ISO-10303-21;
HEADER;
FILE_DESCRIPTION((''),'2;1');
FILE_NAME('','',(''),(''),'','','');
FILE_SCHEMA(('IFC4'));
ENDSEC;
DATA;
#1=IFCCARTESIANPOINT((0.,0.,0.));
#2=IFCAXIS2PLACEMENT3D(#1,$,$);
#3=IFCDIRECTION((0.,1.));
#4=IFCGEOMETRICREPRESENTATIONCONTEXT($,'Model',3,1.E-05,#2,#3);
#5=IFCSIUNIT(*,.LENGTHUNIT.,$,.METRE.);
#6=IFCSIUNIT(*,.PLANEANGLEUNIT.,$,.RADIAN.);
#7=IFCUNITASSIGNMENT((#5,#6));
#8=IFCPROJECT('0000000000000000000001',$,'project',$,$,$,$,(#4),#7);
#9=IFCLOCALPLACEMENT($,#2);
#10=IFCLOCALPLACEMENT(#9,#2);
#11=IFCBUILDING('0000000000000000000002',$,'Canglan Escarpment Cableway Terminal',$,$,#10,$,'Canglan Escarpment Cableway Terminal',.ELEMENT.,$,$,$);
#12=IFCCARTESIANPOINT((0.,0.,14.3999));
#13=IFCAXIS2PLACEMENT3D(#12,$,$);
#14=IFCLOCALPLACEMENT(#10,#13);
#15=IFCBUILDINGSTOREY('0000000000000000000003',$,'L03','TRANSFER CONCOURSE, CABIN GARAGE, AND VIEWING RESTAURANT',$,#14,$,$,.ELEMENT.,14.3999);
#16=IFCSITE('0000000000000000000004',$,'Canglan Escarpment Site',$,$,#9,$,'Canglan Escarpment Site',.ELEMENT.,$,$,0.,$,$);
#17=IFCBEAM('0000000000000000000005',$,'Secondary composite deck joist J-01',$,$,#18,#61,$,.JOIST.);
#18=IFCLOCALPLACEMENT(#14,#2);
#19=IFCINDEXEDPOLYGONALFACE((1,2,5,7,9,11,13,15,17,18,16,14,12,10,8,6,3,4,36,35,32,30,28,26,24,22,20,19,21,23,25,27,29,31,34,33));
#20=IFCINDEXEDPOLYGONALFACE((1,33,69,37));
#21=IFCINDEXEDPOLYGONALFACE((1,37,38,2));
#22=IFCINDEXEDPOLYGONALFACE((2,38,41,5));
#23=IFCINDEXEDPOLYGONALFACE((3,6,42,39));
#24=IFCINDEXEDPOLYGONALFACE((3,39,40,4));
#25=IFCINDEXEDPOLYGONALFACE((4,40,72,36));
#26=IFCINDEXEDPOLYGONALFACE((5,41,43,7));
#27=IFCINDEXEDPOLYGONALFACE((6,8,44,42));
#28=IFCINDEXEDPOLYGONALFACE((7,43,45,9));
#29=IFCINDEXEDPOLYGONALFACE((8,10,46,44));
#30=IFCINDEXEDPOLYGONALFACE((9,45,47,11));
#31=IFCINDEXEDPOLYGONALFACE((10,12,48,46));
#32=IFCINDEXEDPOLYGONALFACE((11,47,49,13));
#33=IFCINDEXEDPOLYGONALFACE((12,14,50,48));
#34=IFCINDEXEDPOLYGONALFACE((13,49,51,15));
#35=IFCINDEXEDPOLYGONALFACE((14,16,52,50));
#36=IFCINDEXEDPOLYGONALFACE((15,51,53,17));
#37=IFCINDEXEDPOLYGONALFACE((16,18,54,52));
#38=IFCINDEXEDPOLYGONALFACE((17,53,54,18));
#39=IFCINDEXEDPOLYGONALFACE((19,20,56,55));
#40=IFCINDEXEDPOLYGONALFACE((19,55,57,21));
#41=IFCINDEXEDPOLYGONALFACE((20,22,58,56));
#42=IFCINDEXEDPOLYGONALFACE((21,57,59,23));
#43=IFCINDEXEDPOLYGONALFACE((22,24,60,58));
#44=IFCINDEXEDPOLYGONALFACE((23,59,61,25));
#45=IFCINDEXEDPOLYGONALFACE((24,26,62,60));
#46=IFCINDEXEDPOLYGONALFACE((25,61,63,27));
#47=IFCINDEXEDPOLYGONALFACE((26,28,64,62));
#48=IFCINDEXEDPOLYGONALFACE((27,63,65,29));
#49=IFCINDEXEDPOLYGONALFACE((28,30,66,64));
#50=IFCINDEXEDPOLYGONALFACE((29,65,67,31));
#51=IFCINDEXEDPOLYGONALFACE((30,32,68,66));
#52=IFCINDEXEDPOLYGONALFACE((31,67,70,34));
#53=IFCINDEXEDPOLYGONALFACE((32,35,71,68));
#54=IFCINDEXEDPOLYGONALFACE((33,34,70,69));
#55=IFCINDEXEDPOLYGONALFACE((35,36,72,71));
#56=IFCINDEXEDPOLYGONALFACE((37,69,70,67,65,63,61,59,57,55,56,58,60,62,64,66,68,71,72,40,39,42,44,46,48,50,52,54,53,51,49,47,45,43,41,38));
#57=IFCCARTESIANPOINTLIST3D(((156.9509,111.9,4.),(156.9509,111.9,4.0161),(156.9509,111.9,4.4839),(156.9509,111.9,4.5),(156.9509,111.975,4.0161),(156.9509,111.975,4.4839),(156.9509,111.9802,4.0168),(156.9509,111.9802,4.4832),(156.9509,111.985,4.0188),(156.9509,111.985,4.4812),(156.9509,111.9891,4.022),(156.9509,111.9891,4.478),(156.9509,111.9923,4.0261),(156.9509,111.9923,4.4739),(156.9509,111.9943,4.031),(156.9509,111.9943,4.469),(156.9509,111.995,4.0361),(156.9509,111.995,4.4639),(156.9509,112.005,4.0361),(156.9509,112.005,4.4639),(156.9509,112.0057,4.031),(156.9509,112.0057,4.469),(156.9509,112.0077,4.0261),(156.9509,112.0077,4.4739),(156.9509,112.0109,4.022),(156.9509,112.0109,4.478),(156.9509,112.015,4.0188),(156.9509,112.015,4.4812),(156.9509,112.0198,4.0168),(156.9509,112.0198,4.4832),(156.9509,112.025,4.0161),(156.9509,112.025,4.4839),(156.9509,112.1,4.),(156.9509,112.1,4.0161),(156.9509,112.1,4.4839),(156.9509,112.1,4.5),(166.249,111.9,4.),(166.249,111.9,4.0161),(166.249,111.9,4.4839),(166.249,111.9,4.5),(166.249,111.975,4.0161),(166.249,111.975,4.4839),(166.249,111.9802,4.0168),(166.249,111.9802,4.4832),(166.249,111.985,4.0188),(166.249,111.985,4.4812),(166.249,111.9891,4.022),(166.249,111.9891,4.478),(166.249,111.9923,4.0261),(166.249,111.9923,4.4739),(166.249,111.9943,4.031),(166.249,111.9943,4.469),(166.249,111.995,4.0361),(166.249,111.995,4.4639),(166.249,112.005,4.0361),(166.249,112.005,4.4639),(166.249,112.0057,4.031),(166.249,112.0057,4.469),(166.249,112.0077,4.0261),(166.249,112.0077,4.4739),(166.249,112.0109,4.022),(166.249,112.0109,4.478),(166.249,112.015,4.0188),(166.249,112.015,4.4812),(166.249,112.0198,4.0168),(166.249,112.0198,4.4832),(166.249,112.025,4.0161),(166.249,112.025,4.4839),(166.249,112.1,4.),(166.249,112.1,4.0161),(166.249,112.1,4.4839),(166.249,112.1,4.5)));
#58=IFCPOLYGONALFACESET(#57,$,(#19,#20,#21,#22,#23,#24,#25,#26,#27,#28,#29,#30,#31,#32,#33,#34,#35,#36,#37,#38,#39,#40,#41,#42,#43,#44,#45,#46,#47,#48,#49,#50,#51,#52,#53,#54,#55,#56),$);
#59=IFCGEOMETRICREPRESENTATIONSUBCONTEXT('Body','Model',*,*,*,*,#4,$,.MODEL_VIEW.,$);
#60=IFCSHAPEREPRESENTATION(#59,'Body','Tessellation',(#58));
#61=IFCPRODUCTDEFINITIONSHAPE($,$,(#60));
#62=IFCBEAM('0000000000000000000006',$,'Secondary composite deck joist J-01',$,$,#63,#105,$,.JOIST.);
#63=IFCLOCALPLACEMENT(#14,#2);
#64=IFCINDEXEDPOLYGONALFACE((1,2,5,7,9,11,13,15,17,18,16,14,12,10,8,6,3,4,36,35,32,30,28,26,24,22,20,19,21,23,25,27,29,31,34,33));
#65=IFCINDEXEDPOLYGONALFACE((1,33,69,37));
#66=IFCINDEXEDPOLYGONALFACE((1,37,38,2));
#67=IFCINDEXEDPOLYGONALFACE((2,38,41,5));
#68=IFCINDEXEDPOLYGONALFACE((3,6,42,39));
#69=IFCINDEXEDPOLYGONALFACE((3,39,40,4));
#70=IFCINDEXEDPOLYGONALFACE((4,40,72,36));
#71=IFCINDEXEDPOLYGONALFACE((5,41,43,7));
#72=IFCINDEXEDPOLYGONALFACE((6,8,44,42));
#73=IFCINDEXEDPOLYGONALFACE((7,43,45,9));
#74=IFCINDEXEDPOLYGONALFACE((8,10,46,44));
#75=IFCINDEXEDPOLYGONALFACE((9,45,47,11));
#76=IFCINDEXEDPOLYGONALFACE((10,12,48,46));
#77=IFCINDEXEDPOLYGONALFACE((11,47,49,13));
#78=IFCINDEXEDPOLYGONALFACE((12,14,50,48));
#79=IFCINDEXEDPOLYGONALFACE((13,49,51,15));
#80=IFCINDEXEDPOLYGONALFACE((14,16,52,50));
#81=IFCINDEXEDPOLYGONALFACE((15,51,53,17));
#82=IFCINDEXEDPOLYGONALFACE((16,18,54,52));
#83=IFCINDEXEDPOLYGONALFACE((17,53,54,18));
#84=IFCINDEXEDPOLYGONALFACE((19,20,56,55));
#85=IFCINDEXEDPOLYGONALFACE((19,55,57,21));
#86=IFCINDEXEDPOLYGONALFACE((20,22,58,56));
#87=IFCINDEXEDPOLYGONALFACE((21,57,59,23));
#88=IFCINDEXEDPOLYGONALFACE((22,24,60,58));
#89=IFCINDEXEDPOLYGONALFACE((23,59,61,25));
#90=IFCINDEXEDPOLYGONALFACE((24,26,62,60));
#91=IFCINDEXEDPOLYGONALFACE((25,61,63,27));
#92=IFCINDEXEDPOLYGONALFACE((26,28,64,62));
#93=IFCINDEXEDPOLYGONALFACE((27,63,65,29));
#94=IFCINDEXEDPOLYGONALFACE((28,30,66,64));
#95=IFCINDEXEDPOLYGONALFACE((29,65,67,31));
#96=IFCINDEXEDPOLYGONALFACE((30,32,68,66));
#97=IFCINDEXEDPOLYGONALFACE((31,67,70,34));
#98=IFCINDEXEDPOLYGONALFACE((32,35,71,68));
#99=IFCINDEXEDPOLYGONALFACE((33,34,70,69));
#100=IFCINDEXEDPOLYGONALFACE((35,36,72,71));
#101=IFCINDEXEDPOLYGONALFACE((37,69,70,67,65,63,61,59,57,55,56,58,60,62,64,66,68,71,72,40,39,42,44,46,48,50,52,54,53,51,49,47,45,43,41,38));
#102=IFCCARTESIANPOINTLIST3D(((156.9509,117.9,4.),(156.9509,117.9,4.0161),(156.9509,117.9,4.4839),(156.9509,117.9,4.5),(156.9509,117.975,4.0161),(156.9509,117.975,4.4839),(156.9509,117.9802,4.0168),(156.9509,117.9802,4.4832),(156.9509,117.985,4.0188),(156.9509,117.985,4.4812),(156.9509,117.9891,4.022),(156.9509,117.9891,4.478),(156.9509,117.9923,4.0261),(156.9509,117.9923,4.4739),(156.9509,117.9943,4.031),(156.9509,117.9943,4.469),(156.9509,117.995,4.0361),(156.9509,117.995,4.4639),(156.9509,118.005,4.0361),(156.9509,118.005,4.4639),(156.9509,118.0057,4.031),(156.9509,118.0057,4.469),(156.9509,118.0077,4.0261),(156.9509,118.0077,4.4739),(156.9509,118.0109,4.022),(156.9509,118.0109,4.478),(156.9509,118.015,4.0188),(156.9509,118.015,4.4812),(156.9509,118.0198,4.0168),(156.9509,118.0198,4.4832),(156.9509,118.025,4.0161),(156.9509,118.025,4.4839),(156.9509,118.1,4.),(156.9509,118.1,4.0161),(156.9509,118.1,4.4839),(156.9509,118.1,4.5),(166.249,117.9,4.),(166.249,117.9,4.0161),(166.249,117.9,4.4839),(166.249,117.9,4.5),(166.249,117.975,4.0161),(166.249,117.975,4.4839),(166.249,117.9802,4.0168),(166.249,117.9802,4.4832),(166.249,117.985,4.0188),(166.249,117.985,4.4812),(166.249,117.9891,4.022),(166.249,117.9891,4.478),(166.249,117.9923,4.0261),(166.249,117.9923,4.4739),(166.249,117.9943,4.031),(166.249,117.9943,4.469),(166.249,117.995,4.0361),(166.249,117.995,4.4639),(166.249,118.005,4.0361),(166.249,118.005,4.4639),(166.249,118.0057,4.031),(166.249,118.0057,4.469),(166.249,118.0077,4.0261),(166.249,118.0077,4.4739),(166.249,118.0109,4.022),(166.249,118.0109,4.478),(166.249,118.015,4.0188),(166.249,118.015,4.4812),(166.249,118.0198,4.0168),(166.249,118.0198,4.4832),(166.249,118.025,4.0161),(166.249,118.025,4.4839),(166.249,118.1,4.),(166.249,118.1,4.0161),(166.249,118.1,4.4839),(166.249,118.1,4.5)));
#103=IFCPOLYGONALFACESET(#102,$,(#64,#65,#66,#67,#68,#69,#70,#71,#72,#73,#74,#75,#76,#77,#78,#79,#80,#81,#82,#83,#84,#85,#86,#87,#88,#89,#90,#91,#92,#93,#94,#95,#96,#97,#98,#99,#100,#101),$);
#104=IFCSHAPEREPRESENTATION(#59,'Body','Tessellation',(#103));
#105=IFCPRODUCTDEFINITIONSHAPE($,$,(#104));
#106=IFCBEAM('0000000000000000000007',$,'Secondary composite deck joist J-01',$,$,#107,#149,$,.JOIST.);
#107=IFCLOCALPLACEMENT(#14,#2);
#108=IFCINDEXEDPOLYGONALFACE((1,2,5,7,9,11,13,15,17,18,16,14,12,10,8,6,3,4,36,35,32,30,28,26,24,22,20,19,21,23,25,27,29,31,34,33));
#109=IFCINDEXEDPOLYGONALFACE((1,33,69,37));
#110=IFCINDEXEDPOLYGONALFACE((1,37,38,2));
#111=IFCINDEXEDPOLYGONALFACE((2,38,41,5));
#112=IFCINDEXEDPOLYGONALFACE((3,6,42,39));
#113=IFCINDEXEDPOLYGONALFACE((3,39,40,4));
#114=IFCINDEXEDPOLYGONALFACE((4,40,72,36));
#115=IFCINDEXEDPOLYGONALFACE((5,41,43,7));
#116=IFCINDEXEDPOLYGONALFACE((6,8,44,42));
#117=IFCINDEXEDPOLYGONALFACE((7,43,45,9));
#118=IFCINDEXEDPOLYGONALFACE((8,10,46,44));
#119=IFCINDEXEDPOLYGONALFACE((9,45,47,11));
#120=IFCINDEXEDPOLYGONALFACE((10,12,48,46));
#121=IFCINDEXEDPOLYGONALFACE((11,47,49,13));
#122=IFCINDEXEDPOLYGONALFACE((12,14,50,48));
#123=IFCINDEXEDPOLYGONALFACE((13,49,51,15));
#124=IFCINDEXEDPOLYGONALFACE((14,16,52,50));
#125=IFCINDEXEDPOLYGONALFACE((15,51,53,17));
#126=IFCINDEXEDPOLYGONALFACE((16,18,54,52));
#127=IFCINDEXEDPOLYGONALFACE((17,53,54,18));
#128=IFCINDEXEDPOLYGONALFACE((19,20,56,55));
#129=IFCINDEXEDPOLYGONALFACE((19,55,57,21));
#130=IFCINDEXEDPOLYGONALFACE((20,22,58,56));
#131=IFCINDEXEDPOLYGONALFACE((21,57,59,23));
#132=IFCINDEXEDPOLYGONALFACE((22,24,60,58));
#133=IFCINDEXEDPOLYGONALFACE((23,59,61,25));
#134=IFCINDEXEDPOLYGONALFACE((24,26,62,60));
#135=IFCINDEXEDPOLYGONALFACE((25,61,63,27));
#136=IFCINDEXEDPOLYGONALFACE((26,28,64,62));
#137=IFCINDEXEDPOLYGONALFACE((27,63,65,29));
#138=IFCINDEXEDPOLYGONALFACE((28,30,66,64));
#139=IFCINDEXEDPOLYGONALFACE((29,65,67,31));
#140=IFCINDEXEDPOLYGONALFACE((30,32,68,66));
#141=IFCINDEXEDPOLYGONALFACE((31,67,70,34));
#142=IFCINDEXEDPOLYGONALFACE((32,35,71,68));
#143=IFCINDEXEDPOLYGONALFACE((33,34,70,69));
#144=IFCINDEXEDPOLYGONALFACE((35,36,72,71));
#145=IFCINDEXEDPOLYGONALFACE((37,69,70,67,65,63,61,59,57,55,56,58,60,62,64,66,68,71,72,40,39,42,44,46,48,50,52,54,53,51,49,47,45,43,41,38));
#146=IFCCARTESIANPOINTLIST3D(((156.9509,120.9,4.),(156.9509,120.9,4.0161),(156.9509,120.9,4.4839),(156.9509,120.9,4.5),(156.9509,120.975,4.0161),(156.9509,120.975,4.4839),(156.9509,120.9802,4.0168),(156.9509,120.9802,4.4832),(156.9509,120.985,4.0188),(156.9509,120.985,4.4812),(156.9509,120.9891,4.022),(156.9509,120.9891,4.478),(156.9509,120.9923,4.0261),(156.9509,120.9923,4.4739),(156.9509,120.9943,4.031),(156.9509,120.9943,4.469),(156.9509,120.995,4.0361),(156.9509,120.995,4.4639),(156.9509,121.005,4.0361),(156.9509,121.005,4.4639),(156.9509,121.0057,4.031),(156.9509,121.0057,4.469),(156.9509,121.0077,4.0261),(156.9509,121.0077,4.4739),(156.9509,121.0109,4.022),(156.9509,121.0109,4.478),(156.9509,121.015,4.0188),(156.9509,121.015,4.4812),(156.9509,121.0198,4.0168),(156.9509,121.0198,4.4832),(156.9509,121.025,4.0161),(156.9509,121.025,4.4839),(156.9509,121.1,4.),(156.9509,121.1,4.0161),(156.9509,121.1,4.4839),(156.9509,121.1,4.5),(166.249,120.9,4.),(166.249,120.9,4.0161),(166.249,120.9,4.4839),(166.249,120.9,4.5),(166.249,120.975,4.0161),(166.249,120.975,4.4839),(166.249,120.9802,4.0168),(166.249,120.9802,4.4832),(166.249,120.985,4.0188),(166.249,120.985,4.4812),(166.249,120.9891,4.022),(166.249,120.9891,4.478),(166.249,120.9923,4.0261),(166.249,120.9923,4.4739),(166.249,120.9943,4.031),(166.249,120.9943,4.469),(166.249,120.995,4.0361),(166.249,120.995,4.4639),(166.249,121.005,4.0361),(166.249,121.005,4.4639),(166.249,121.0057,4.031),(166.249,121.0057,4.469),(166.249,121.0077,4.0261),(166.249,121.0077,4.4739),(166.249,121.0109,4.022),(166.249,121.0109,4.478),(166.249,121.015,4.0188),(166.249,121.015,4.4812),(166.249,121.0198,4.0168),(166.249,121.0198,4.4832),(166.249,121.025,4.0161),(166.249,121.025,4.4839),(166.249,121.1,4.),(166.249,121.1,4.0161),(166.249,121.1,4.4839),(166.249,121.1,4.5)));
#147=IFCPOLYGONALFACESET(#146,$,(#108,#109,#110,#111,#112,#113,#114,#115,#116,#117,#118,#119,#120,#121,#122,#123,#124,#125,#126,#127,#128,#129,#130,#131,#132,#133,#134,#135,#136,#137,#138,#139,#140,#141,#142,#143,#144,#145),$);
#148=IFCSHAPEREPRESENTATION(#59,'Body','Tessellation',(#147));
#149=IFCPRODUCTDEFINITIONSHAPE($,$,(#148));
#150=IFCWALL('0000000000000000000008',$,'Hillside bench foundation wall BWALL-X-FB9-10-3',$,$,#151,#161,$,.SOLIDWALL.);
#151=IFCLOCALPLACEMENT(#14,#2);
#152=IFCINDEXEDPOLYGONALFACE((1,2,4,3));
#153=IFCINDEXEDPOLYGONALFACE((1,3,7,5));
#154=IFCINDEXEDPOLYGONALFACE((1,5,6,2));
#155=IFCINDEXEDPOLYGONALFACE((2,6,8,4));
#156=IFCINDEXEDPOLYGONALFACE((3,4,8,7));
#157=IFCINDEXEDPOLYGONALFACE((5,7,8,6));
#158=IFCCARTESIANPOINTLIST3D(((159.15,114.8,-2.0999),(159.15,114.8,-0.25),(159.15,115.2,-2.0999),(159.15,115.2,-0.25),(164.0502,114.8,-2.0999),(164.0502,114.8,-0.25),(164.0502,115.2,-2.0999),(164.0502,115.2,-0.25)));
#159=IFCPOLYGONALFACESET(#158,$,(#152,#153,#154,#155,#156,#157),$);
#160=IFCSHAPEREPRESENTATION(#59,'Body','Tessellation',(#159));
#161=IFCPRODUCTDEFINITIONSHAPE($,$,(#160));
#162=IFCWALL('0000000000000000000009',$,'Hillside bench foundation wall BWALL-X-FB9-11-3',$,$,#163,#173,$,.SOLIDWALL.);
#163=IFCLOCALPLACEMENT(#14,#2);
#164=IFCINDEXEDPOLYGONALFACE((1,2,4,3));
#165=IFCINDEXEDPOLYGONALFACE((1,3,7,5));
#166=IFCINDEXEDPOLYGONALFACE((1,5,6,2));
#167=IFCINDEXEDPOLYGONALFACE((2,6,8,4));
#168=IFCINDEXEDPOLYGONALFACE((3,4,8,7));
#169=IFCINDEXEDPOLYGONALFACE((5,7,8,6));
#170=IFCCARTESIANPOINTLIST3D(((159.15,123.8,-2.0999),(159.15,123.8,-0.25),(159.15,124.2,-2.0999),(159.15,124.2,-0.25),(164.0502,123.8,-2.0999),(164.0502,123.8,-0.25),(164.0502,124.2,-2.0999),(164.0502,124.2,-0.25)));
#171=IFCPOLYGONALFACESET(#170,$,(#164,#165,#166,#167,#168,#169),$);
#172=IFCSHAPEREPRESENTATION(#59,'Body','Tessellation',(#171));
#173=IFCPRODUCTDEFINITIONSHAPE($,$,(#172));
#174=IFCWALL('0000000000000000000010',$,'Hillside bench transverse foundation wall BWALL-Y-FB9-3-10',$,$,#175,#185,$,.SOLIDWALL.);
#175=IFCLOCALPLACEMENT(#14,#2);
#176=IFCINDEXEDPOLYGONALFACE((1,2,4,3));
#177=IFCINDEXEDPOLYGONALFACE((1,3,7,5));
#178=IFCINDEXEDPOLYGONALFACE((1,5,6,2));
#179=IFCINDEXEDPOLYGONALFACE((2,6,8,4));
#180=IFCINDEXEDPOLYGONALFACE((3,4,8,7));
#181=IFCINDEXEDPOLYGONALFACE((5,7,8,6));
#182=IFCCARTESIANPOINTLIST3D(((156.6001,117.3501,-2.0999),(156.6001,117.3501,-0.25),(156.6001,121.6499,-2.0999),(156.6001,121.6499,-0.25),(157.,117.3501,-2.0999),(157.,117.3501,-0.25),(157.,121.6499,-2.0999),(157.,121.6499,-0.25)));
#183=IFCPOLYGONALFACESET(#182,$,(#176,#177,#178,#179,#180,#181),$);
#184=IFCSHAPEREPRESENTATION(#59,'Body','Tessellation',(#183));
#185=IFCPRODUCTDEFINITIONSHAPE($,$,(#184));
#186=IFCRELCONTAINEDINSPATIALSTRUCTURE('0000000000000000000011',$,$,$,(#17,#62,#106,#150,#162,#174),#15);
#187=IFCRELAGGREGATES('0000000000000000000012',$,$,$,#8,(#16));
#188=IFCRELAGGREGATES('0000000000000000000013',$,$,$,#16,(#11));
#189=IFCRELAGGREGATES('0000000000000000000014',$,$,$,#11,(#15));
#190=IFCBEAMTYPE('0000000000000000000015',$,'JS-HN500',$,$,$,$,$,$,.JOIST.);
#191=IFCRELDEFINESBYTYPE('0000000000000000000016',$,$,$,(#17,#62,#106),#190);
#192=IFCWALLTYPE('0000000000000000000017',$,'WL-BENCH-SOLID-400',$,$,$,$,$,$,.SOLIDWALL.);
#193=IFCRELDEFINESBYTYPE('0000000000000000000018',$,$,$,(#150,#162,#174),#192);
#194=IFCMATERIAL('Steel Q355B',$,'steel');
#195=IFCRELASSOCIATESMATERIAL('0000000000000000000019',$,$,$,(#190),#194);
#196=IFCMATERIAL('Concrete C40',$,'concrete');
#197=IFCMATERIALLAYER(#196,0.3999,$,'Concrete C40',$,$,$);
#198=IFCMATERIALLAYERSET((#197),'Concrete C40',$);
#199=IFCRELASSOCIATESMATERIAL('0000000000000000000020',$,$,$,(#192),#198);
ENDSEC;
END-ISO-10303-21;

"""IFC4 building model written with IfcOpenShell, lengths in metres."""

from ifc_helpers import new_model, si_unit, direction, frame, frame_2d, origin, origin_2d, place, context, subcontext, project, spatial, rectangle, i_section, extrude, material, layer, layer_set, material_profile, profile_set, type_object, element, save


model = new_model("IFC4")

# Units and contexts
model_context = context("Model", 3, precision=1e-05, world=origin(), true_north=direction((0.0, 1.0)))
body_context = subcontext(model_context, "Body", "Model", "MODEL_VIEW")
ifc_project = project(units=[si_unit("LENGTHUNIT", "METRE"), si_unit("PLANEANGLEUNIT", "RADIAN")], contexts=[model_context])

# Site, building, storey
site_placement = place(None, origin())
site = spatial("IfcSite", under=ifc_project, at=site_placement, Name="Canglan Escarpment Site", LongName="Canglan Escarpment Site", CompositionType="ELEMENT", RefElevation=0.0)
building_placement = place(site_placement, origin())
building = spatial("IfcBuilding", under=site, at=building_placement, Name="Canglan Escarpment Cableway Terminal", LongName="Canglan Escarpment Cableway Terminal", CompositionType="ELEMENT")
storey_placement = place(building_placement, frame((0.0, 0.0, 14.3999)))
storey = spatial("IfcBuildingStorey", under=building, at=storey_placement, Name="L03", Description="TRANSFER CONCOURSE, CABIN GARAGE, AND VIEWING RESTAURANT", CompositionType="ELEMENT", Elevation=14.3999)

# Shared definitions
ifc_material_1 = material(Name="Concrete C40", Category="concrete")

# Beams
ifc_material_2 = material(Name="Steel Q355B", Category="steel")
ifc_material_profile_1 = material_profile(ifc_material_2, i_section(OverallWidth=0.2, OverallDepth=0.5, WebThickness=0.01, FlangeThickness=0.0161, FilletRadius=0.02, at=origin_2d()), Name="HN 500x200x10x16")
ifc_profile_set_1 = profile_set([ifc_material_profile_1], Name="Steel Q355B")
beam_type_1 = type_object("IfcBeamType", Name="JS-HN500", PredefinedType="JOIST", material=ifc_profile_set_1)
for number, where, z_axis, x_axis, name in (
    (1, (156.9509, 112.0, 4.25), (1.0, 0.0, 0.0), (0.0, 1.0, 0.0), "Secondary composite deck joist J-01"),
    (2, (156.9509, 118.0, 4.25), (1.0, 0.0, 0.0), (0.0, 1.0, 0.0), "Secondary composite deck joist J-01"),
    (3, (156.9509, 121.0, 4.25), (1.0, 0.0, 0.0), (0.0, 1.0, 0.0), "Secondary composite deck joist J-01"),
):
    element("IfcBeam", number, at=place(storey_placement, frame(where, z_axis=z_axis, x_axis=x_axis)), inside=storey, type_object=beam_type_1, Name=name, PredefinedType="JOIST", context=body_context, shape_type="SweptSolid", body=[
        extrude(i_section(OverallWidth=0.2, OverallDepth=0.5, WebThickness=0.01, FlangeThickness=0.0161, FilletRadius=0.02, at=origin_2d()), origin(), (0.0, 0.0, 1.0), 9.2981),
    ])

# Walls
ifc_layer_1 = layer(ifc_material_1, 0.3999, Name="Concrete C40")
ifc_layer_set_1 = layer_set([ifc_layer_1], Name="Concrete C40")
wall_type_1 = type_object("IfcWallType", Name="WL-BENCH-SOLID-400", PredefinedType="SOLIDWALL", material=ifc_layer_set_1)
for number, where, z_axis, x_axis, name in (
    (4, (159.1499, 115.0, -2.0999), (0.0, 0.0, 1.0), (1.0, 0.0, 0.0), "Hillside bench foundation wall BWALL-X-FB9-10-3"),
    (5, (159.1499, 124.0, -2.0999), (0.0, 0.0, 1.0), (1.0, 0.0, 0.0), "Hillside bench foundation wall BWALL-X-FB9-11-3"),
):
    element("IfcWall", number, at=place(storey_placement, frame(where, z_axis=z_axis, x_axis=x_axis)), inside=storey, type_object=wall_type_1, Name=name, PredefinedType="SOLIDWALL", context=body_context, shape_type="SweptSolid", body=[
        extrude(rectangle(XDim=4.9001, YDim=0.3999, at=frame_2d((2.4502, 0.0))), origin(), (0.0, 0.0, 1.0), 1.8499),
    ])
wall_1_placement = place(storey_placement, frame((156.8, 117.3501, -2.0999), z_axis=(0.0, 0.0, 1.0), x_axis=(0.0, 1.0, 0.0)))
element("IfcWall", 6, at=wall_1_placement, inside=storey, type_object=wall_type_1, Name="Hillside bench transverse foundation wall BWALL-Y-FB9-3-10", PredefinedType="SOLIDWALL", context=body_context, shape_type="SweptSolid", body=[
    extrude(rectangle(XDim=4.2998, YDim=0.3999, at=frame_2d((2.1499, 0.0))), origin(), (0.0, 0.0, 1.0), 1.8499),
])

save(model, "model.ifc")
